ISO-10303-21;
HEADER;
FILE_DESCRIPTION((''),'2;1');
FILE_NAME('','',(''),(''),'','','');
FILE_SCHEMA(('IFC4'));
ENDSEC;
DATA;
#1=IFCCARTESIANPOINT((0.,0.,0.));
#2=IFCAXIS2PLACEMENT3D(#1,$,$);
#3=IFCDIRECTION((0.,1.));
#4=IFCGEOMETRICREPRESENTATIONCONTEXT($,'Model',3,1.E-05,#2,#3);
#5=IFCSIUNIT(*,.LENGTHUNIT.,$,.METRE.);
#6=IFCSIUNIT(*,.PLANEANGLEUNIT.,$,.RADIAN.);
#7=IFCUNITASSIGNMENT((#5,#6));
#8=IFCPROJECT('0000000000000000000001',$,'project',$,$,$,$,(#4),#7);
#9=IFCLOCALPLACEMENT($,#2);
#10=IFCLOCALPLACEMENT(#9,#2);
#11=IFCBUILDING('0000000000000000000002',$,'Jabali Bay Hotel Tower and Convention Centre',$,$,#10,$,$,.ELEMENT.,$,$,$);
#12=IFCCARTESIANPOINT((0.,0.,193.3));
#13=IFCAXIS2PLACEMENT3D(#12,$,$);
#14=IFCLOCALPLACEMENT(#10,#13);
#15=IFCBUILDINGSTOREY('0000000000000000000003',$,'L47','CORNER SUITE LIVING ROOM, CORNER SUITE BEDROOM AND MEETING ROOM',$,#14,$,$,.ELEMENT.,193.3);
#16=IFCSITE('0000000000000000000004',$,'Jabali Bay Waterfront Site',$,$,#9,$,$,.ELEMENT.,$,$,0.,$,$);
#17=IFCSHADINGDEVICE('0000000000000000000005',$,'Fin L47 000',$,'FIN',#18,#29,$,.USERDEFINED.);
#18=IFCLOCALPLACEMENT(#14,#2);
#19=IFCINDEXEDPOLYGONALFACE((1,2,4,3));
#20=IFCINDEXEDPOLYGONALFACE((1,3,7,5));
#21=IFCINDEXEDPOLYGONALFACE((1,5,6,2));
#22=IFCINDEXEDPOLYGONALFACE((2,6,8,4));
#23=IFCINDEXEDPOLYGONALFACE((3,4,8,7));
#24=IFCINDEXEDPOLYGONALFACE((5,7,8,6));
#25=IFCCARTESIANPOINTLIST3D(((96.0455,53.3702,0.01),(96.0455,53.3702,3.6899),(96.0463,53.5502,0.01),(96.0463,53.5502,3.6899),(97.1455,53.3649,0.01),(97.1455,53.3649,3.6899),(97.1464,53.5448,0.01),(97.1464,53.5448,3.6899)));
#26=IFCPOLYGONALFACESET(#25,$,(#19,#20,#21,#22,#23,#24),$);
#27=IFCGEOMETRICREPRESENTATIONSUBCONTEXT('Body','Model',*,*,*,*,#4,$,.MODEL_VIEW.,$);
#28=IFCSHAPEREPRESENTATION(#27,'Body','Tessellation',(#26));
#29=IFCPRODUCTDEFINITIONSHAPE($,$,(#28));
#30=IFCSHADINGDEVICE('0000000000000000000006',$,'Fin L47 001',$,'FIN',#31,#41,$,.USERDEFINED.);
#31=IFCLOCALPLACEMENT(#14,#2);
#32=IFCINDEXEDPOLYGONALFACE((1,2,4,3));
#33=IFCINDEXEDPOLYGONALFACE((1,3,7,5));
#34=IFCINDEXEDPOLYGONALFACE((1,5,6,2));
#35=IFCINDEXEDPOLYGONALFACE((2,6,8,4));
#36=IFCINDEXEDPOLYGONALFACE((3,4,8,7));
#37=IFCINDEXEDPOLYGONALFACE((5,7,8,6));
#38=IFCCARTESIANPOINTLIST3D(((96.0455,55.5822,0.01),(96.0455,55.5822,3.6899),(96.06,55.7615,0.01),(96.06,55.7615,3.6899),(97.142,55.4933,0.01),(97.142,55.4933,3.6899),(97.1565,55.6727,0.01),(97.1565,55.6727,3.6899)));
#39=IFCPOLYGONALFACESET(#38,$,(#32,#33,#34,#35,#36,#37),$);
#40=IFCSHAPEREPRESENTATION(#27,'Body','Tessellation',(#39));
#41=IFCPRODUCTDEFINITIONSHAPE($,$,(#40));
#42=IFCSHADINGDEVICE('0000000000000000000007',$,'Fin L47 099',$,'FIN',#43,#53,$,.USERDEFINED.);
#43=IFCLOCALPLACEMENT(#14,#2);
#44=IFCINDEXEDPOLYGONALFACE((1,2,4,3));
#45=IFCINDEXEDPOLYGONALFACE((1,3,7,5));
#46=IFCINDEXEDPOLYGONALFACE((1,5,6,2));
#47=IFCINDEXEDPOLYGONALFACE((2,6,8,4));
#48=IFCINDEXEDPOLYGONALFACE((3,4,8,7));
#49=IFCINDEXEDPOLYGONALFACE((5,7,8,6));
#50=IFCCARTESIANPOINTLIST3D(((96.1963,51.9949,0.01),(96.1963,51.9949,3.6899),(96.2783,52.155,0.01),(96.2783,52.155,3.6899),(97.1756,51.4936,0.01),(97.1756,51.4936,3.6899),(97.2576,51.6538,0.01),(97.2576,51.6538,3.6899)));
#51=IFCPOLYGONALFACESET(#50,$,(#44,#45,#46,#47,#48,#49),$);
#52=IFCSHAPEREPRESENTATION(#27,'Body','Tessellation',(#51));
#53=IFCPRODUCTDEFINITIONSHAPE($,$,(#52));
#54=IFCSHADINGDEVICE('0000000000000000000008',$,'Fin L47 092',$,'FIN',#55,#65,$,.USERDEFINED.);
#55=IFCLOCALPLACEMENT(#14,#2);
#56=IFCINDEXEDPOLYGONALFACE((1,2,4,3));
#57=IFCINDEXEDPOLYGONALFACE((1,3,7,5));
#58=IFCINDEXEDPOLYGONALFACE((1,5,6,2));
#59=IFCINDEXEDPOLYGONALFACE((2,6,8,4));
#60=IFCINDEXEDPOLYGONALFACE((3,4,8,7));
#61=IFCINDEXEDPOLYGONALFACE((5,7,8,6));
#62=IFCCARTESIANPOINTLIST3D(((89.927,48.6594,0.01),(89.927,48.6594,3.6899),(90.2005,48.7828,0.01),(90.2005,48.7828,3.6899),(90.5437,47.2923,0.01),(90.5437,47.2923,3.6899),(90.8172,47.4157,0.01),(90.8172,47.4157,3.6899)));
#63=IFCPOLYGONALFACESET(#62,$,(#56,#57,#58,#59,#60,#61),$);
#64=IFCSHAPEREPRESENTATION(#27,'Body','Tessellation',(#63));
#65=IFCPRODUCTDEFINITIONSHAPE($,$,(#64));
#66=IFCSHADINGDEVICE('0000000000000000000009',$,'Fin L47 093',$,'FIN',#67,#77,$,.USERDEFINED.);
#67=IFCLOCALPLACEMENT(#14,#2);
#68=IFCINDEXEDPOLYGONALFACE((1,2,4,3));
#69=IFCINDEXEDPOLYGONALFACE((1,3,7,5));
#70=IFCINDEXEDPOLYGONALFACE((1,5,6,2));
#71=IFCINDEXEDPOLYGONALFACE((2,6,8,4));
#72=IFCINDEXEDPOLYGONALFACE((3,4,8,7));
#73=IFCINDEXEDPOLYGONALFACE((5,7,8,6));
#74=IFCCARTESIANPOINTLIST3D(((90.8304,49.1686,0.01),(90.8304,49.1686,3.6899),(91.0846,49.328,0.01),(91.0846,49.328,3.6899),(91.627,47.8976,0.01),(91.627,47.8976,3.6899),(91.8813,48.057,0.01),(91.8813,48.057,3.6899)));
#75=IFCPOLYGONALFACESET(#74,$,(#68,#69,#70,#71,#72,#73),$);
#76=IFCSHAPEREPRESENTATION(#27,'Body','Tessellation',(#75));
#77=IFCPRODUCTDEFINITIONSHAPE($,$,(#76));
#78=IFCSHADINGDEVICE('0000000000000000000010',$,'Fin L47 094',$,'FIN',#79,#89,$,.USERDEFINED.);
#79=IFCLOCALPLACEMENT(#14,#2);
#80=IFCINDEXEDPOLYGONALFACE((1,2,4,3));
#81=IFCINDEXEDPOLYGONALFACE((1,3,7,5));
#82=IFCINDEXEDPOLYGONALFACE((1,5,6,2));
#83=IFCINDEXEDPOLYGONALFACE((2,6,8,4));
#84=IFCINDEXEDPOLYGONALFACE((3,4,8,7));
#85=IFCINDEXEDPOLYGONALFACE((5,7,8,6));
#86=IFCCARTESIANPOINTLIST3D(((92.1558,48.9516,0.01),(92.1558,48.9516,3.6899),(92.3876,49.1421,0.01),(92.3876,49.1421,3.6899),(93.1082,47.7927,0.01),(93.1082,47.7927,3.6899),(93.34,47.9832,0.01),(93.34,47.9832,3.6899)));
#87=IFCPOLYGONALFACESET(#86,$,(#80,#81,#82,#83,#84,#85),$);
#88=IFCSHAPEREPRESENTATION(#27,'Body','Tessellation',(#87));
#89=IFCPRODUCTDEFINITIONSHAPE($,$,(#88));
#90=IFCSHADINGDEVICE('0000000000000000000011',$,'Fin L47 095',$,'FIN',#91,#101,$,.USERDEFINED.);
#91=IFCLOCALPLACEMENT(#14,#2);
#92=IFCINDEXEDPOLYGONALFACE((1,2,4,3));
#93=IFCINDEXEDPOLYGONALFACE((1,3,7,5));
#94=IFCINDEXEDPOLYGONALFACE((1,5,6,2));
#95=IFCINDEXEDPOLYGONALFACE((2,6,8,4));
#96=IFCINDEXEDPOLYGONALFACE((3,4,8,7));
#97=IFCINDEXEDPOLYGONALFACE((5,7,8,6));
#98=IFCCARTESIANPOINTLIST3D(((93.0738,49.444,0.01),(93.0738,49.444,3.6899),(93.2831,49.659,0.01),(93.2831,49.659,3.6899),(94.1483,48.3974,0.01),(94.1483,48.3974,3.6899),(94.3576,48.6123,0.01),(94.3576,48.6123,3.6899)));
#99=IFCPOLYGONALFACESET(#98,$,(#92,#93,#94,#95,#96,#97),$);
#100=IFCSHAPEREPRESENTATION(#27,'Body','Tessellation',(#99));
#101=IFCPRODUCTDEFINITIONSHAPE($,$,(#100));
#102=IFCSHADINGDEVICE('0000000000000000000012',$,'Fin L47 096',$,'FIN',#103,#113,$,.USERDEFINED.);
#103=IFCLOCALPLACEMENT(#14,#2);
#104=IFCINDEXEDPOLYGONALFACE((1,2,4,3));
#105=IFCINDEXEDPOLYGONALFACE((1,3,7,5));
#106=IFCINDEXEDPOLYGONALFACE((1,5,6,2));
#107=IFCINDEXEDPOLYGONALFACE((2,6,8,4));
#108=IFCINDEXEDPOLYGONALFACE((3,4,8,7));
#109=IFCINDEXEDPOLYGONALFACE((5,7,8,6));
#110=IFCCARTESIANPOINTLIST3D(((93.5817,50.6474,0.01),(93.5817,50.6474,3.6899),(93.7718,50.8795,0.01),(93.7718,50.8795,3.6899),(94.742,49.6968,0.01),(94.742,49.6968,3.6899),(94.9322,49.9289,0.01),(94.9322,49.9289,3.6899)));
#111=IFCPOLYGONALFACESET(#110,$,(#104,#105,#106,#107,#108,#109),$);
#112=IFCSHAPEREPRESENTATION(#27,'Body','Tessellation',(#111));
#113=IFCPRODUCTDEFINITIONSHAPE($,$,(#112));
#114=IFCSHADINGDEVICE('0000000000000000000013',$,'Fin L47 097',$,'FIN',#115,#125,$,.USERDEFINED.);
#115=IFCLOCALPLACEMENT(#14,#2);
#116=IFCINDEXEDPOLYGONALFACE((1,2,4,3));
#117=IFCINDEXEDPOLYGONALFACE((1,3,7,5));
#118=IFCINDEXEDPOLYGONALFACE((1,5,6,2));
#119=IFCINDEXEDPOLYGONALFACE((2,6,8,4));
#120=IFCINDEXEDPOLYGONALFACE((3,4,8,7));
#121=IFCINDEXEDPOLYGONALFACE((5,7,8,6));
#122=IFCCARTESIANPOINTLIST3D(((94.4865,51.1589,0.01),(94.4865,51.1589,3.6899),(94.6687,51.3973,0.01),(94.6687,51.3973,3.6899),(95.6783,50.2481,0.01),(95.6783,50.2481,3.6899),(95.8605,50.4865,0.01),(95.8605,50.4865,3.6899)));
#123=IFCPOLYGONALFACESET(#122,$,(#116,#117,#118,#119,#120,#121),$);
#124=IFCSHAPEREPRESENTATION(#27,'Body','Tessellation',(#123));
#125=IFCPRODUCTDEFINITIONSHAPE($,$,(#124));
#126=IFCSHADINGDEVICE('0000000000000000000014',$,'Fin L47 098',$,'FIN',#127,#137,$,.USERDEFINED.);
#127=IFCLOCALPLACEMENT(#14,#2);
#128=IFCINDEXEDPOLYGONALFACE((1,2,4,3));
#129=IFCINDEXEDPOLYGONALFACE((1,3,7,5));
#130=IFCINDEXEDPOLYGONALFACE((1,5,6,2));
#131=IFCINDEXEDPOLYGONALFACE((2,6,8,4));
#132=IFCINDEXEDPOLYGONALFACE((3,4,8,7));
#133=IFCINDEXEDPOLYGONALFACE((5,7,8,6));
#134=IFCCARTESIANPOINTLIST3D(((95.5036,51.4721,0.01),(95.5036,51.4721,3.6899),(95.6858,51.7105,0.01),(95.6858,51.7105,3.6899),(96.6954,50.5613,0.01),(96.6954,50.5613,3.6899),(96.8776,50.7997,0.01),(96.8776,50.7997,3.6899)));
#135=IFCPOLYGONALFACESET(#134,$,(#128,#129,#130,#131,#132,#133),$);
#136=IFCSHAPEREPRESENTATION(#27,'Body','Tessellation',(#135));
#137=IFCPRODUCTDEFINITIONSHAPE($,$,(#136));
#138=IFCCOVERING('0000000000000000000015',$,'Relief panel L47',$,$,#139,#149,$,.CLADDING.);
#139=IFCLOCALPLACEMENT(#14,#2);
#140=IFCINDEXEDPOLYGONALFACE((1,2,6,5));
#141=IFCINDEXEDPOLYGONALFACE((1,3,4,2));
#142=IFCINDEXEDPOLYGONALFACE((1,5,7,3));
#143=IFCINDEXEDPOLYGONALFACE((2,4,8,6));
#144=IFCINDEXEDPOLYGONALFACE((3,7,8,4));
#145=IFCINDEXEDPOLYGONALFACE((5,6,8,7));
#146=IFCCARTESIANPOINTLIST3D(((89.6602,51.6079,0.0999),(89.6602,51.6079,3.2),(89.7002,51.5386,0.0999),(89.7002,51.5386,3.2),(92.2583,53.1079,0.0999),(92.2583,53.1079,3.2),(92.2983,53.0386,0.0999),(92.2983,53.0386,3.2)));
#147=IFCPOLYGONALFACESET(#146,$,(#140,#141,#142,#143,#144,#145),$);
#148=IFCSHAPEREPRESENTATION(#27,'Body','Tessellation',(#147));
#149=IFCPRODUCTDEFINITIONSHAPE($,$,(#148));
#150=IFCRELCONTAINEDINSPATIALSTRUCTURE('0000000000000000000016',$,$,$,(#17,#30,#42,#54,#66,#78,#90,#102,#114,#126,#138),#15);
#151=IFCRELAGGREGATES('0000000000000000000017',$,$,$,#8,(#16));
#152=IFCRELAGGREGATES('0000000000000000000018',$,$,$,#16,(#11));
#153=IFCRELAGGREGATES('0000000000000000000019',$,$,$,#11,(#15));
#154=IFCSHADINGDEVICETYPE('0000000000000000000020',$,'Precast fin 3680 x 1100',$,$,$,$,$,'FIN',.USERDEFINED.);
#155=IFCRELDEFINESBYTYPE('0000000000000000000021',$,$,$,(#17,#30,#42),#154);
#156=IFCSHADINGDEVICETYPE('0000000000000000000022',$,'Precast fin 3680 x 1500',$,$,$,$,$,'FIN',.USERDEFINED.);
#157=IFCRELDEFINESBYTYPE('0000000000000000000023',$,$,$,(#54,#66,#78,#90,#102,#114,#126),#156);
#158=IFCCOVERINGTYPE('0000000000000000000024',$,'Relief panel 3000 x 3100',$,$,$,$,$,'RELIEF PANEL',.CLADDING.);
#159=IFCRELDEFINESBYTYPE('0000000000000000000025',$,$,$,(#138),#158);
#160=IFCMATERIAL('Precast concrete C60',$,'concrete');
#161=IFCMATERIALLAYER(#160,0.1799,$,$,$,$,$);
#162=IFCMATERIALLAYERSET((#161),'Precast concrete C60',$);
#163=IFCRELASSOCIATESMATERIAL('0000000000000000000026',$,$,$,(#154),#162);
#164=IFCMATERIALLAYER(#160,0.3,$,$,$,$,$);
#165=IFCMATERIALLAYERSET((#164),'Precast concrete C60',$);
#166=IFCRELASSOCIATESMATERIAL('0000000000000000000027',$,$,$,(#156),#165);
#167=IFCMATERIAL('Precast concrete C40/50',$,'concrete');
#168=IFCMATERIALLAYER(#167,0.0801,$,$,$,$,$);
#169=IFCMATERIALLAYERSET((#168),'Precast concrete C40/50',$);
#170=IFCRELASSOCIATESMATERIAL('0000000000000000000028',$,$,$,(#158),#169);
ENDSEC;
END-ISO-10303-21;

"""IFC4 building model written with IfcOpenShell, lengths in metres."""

from ifc_helpers import new_model, si_unit, direction, frame, frame_2d, origin, origin_2d, place, context, subcontext, project, spatial, rectangle, extrude, material, layer, layer_set, type_object, element, save


model = new_model("IFC4")

# Units and contexts
model_context = context("Model", 3, precision=1e-05, world=origin(), true_north=direction((0.0, 1.0)))
body_context = subcontext(model_context, "Body", "Model", "MODEL_VIEW")
ifc_project = project(units=[si_unit("LENGTHUNIT", "METRE"), si_unit("PLANEANGLEUNIT", "RADIAN")], contexts=[model_context])

# Site, building, storey
site_placement = place(None, origin())
site = spatial("IfcSite", under=ifc_project, at=site_placement, Name="Jabali Bay Waterfront Site", CompositionType="ELEMENT", RefElevation=0.0)
building_placement = place(site_placement, origin())
building = spatial("IfcBuilding", under=site, at=building_placement, Name="Jabali Bay Hotel Tower and Convention Centre", CompositionType="ELEMENT")
storey_placement = place(building_placement, frame((0.0, 0.0, 193.3)))
storey = spatial("IfcBuildingStorey", under=building, at=storey_placement, Name="L47", Description="CORNER SUITE LIVING ROOM, CORNER SUITE BEDROOM AND MEETING ROOM", CompositionType="ELEMENT", Elevation=193.3)

# Shading devices
ifc_material_1 = material(Name="Precast concrete C60", Category="concrete")
ifc_layer_1 = layer(ifc_material_1, 0.1799)
ifc_layer_set_1 = layer_set([ifc_layer_1], Name="Precast concrete C60")
shading_device_type_1 = type_object("IfcShadingDeviceType", Name="Precast fin 3680 x 1100", ElementType="FIN", PredefinedType="USERDEFINED", material=ifc_layer_set_1)
for number, where, z_axis, x_axis, name in (
    (1, (96.0459, 53.4602, 0.01), (0.0, 0.0, 1.0), (0.999988, -0.004882, 0.0), "Fin L47 000"),
    (2, (96.0527, 55.6719, 0.01), (0.0, 0.0, 1.0), (0.996731, -0.080786, 0.0), "Fin L47 001"),
    (3, (96.2373, 52.075, 0.01), (0.0, 0.0, 1.0), (0.890171, -0.455627, 0.0), "Fin L47 099"),
):
    element("IfcShadingDevice", number, at=place(storey_placement, frame(where, z_axis=z_axis, x_axis=x_axis)), inside=storey, type_object=shading_device_type_1, Name=name, ObjectType="FIN", PredefinedType="USERDEFINED", context=body_context, shape_type="SweptSolid", body=[
        extrude(rectangle(XDim=1.1001, YDim=0.1799, at=frame_2d((0.55, 0.0))), origin(), (0.0, 0.0, 1.0), 3.6799),
    ])
ifc_layer_2 = layer(ifc_material_1, 0.3)
ifc_layer_set_2 = layer_set([ifc_layer_2], Name="Precast concrete C60")
shading_device_type_2 = type_object("IfcShadingDeviceType", Name="Precast fin 3680 x 1500", ElementType="FIN", PredefinedType="USERDEFINED", material=ifc_layer_set_2)
shading_device_placement = place(storey_placement, frame((90.0637, 48.7212, 0.01), z_axis=(0.0, 0.0, 1.0), x_axis=(0.411177, -0.911556, 0.0)))
element("IfcShadingDevice", 4, at=shading_device_placement, inside=storey, type_object=shading_device_type_2, Name="Fin L47 092", ObjectType="FIN", PredefinedType="USERDEFINED", context=body_context, shape_type="SweptSolid", body=[
    extrude(rectangle(XDim=1.4998, YDim=0.3, at=frame_2d((0.75, 0.0))), origin(), (0.0, 0.0, 1.0), 3.6799),
])
for number, where, z_axis, x_axis, name in (
    (5, (90.9575, 49.2483, 0.01), (0.0, 0.0, 1.0), (0.531081, -0.847321, 0.0), "Fin L47 093"),
    (6, (92.2717, 49.0469, 0.01), (0.0, 0.0, 1.0), (0.634903, -0.772592, 0.0), "Fin L47 094"),
    (7, (93.1785, 49.5515, 0.01), (0.0, 0.0, 1.0), (0.716323, -0.697768, 0.0), "Fin L47 095"),
    (8, (93.6768, 50.7634, 0.01), (0.0, 0.0, 1.0), (0.773544, -0.633743, 0.0), "Fin L47 096"),
    (9, (94.5776, 51.2781, 0.01), (0.0, 0.0, 1.0), (0.794538, -0.607214, 0.0), "Fin L47 097"),
    (10, (95.5947, 51.5913, 0.01), (0.0, 0.0, 1.0), (0.794538, -0.607214, 0.0), "Fin L47 098"),
):
    element("IfcShadingDevice", number, at=place(storey_placement, frame(where, z_axis=z_axis, x_axis=x_axis)), inside=storey, type_object=shading_device_type_2, Name=name, ObjectType="FIN", PredefinedType="USERDEFINED", context=body_context, shape_type="SweptSolid", body=[
        extrude(rectangle(XDim=1.5, YDim=0.3, at=frame_2d((0.75, 0.0))), origin(), (0.0, 0.0, 1.0), 3.6799),
    ])

# Covering
ifc_material_2 = material(Name="Precast concrete C40/50", Category="concrete")
ifc_layer_3 = layer(ifc_material_2, 0.0801)
ifc_layer_set_3 = layer_set([ifc_layer_3], Name="Precast concrete C40/50")
covering_type = type_object("IfcCoveringType", Name="Relief panel 3000 x 3100", ElementType="RELIEF PANEL", PredefinedType="CLADDING", material=ifc_layer_set_3)
covering_placement = place(storey_placement, frame((90.9792, 52.3232, 0.0999), z_axis=(0.0, 0.0, 1.0), x_axis=(-0.866025, -0.5, 0.0)))
element("IfcCovering", 11, at=covering_placement, inside=storey, type_object=covering_type, Name="Relief panel L47", PredefinedType="CLADDING", context=body_context, shape_type="SweptSolid", body=[
    extrude(rectangle(XDim=3.0, YDim=0.0801, at=origin_2d()), origin(), (0.0, 0.0, 1.0), 3.1001),
])

save(model, "model.ifc")
